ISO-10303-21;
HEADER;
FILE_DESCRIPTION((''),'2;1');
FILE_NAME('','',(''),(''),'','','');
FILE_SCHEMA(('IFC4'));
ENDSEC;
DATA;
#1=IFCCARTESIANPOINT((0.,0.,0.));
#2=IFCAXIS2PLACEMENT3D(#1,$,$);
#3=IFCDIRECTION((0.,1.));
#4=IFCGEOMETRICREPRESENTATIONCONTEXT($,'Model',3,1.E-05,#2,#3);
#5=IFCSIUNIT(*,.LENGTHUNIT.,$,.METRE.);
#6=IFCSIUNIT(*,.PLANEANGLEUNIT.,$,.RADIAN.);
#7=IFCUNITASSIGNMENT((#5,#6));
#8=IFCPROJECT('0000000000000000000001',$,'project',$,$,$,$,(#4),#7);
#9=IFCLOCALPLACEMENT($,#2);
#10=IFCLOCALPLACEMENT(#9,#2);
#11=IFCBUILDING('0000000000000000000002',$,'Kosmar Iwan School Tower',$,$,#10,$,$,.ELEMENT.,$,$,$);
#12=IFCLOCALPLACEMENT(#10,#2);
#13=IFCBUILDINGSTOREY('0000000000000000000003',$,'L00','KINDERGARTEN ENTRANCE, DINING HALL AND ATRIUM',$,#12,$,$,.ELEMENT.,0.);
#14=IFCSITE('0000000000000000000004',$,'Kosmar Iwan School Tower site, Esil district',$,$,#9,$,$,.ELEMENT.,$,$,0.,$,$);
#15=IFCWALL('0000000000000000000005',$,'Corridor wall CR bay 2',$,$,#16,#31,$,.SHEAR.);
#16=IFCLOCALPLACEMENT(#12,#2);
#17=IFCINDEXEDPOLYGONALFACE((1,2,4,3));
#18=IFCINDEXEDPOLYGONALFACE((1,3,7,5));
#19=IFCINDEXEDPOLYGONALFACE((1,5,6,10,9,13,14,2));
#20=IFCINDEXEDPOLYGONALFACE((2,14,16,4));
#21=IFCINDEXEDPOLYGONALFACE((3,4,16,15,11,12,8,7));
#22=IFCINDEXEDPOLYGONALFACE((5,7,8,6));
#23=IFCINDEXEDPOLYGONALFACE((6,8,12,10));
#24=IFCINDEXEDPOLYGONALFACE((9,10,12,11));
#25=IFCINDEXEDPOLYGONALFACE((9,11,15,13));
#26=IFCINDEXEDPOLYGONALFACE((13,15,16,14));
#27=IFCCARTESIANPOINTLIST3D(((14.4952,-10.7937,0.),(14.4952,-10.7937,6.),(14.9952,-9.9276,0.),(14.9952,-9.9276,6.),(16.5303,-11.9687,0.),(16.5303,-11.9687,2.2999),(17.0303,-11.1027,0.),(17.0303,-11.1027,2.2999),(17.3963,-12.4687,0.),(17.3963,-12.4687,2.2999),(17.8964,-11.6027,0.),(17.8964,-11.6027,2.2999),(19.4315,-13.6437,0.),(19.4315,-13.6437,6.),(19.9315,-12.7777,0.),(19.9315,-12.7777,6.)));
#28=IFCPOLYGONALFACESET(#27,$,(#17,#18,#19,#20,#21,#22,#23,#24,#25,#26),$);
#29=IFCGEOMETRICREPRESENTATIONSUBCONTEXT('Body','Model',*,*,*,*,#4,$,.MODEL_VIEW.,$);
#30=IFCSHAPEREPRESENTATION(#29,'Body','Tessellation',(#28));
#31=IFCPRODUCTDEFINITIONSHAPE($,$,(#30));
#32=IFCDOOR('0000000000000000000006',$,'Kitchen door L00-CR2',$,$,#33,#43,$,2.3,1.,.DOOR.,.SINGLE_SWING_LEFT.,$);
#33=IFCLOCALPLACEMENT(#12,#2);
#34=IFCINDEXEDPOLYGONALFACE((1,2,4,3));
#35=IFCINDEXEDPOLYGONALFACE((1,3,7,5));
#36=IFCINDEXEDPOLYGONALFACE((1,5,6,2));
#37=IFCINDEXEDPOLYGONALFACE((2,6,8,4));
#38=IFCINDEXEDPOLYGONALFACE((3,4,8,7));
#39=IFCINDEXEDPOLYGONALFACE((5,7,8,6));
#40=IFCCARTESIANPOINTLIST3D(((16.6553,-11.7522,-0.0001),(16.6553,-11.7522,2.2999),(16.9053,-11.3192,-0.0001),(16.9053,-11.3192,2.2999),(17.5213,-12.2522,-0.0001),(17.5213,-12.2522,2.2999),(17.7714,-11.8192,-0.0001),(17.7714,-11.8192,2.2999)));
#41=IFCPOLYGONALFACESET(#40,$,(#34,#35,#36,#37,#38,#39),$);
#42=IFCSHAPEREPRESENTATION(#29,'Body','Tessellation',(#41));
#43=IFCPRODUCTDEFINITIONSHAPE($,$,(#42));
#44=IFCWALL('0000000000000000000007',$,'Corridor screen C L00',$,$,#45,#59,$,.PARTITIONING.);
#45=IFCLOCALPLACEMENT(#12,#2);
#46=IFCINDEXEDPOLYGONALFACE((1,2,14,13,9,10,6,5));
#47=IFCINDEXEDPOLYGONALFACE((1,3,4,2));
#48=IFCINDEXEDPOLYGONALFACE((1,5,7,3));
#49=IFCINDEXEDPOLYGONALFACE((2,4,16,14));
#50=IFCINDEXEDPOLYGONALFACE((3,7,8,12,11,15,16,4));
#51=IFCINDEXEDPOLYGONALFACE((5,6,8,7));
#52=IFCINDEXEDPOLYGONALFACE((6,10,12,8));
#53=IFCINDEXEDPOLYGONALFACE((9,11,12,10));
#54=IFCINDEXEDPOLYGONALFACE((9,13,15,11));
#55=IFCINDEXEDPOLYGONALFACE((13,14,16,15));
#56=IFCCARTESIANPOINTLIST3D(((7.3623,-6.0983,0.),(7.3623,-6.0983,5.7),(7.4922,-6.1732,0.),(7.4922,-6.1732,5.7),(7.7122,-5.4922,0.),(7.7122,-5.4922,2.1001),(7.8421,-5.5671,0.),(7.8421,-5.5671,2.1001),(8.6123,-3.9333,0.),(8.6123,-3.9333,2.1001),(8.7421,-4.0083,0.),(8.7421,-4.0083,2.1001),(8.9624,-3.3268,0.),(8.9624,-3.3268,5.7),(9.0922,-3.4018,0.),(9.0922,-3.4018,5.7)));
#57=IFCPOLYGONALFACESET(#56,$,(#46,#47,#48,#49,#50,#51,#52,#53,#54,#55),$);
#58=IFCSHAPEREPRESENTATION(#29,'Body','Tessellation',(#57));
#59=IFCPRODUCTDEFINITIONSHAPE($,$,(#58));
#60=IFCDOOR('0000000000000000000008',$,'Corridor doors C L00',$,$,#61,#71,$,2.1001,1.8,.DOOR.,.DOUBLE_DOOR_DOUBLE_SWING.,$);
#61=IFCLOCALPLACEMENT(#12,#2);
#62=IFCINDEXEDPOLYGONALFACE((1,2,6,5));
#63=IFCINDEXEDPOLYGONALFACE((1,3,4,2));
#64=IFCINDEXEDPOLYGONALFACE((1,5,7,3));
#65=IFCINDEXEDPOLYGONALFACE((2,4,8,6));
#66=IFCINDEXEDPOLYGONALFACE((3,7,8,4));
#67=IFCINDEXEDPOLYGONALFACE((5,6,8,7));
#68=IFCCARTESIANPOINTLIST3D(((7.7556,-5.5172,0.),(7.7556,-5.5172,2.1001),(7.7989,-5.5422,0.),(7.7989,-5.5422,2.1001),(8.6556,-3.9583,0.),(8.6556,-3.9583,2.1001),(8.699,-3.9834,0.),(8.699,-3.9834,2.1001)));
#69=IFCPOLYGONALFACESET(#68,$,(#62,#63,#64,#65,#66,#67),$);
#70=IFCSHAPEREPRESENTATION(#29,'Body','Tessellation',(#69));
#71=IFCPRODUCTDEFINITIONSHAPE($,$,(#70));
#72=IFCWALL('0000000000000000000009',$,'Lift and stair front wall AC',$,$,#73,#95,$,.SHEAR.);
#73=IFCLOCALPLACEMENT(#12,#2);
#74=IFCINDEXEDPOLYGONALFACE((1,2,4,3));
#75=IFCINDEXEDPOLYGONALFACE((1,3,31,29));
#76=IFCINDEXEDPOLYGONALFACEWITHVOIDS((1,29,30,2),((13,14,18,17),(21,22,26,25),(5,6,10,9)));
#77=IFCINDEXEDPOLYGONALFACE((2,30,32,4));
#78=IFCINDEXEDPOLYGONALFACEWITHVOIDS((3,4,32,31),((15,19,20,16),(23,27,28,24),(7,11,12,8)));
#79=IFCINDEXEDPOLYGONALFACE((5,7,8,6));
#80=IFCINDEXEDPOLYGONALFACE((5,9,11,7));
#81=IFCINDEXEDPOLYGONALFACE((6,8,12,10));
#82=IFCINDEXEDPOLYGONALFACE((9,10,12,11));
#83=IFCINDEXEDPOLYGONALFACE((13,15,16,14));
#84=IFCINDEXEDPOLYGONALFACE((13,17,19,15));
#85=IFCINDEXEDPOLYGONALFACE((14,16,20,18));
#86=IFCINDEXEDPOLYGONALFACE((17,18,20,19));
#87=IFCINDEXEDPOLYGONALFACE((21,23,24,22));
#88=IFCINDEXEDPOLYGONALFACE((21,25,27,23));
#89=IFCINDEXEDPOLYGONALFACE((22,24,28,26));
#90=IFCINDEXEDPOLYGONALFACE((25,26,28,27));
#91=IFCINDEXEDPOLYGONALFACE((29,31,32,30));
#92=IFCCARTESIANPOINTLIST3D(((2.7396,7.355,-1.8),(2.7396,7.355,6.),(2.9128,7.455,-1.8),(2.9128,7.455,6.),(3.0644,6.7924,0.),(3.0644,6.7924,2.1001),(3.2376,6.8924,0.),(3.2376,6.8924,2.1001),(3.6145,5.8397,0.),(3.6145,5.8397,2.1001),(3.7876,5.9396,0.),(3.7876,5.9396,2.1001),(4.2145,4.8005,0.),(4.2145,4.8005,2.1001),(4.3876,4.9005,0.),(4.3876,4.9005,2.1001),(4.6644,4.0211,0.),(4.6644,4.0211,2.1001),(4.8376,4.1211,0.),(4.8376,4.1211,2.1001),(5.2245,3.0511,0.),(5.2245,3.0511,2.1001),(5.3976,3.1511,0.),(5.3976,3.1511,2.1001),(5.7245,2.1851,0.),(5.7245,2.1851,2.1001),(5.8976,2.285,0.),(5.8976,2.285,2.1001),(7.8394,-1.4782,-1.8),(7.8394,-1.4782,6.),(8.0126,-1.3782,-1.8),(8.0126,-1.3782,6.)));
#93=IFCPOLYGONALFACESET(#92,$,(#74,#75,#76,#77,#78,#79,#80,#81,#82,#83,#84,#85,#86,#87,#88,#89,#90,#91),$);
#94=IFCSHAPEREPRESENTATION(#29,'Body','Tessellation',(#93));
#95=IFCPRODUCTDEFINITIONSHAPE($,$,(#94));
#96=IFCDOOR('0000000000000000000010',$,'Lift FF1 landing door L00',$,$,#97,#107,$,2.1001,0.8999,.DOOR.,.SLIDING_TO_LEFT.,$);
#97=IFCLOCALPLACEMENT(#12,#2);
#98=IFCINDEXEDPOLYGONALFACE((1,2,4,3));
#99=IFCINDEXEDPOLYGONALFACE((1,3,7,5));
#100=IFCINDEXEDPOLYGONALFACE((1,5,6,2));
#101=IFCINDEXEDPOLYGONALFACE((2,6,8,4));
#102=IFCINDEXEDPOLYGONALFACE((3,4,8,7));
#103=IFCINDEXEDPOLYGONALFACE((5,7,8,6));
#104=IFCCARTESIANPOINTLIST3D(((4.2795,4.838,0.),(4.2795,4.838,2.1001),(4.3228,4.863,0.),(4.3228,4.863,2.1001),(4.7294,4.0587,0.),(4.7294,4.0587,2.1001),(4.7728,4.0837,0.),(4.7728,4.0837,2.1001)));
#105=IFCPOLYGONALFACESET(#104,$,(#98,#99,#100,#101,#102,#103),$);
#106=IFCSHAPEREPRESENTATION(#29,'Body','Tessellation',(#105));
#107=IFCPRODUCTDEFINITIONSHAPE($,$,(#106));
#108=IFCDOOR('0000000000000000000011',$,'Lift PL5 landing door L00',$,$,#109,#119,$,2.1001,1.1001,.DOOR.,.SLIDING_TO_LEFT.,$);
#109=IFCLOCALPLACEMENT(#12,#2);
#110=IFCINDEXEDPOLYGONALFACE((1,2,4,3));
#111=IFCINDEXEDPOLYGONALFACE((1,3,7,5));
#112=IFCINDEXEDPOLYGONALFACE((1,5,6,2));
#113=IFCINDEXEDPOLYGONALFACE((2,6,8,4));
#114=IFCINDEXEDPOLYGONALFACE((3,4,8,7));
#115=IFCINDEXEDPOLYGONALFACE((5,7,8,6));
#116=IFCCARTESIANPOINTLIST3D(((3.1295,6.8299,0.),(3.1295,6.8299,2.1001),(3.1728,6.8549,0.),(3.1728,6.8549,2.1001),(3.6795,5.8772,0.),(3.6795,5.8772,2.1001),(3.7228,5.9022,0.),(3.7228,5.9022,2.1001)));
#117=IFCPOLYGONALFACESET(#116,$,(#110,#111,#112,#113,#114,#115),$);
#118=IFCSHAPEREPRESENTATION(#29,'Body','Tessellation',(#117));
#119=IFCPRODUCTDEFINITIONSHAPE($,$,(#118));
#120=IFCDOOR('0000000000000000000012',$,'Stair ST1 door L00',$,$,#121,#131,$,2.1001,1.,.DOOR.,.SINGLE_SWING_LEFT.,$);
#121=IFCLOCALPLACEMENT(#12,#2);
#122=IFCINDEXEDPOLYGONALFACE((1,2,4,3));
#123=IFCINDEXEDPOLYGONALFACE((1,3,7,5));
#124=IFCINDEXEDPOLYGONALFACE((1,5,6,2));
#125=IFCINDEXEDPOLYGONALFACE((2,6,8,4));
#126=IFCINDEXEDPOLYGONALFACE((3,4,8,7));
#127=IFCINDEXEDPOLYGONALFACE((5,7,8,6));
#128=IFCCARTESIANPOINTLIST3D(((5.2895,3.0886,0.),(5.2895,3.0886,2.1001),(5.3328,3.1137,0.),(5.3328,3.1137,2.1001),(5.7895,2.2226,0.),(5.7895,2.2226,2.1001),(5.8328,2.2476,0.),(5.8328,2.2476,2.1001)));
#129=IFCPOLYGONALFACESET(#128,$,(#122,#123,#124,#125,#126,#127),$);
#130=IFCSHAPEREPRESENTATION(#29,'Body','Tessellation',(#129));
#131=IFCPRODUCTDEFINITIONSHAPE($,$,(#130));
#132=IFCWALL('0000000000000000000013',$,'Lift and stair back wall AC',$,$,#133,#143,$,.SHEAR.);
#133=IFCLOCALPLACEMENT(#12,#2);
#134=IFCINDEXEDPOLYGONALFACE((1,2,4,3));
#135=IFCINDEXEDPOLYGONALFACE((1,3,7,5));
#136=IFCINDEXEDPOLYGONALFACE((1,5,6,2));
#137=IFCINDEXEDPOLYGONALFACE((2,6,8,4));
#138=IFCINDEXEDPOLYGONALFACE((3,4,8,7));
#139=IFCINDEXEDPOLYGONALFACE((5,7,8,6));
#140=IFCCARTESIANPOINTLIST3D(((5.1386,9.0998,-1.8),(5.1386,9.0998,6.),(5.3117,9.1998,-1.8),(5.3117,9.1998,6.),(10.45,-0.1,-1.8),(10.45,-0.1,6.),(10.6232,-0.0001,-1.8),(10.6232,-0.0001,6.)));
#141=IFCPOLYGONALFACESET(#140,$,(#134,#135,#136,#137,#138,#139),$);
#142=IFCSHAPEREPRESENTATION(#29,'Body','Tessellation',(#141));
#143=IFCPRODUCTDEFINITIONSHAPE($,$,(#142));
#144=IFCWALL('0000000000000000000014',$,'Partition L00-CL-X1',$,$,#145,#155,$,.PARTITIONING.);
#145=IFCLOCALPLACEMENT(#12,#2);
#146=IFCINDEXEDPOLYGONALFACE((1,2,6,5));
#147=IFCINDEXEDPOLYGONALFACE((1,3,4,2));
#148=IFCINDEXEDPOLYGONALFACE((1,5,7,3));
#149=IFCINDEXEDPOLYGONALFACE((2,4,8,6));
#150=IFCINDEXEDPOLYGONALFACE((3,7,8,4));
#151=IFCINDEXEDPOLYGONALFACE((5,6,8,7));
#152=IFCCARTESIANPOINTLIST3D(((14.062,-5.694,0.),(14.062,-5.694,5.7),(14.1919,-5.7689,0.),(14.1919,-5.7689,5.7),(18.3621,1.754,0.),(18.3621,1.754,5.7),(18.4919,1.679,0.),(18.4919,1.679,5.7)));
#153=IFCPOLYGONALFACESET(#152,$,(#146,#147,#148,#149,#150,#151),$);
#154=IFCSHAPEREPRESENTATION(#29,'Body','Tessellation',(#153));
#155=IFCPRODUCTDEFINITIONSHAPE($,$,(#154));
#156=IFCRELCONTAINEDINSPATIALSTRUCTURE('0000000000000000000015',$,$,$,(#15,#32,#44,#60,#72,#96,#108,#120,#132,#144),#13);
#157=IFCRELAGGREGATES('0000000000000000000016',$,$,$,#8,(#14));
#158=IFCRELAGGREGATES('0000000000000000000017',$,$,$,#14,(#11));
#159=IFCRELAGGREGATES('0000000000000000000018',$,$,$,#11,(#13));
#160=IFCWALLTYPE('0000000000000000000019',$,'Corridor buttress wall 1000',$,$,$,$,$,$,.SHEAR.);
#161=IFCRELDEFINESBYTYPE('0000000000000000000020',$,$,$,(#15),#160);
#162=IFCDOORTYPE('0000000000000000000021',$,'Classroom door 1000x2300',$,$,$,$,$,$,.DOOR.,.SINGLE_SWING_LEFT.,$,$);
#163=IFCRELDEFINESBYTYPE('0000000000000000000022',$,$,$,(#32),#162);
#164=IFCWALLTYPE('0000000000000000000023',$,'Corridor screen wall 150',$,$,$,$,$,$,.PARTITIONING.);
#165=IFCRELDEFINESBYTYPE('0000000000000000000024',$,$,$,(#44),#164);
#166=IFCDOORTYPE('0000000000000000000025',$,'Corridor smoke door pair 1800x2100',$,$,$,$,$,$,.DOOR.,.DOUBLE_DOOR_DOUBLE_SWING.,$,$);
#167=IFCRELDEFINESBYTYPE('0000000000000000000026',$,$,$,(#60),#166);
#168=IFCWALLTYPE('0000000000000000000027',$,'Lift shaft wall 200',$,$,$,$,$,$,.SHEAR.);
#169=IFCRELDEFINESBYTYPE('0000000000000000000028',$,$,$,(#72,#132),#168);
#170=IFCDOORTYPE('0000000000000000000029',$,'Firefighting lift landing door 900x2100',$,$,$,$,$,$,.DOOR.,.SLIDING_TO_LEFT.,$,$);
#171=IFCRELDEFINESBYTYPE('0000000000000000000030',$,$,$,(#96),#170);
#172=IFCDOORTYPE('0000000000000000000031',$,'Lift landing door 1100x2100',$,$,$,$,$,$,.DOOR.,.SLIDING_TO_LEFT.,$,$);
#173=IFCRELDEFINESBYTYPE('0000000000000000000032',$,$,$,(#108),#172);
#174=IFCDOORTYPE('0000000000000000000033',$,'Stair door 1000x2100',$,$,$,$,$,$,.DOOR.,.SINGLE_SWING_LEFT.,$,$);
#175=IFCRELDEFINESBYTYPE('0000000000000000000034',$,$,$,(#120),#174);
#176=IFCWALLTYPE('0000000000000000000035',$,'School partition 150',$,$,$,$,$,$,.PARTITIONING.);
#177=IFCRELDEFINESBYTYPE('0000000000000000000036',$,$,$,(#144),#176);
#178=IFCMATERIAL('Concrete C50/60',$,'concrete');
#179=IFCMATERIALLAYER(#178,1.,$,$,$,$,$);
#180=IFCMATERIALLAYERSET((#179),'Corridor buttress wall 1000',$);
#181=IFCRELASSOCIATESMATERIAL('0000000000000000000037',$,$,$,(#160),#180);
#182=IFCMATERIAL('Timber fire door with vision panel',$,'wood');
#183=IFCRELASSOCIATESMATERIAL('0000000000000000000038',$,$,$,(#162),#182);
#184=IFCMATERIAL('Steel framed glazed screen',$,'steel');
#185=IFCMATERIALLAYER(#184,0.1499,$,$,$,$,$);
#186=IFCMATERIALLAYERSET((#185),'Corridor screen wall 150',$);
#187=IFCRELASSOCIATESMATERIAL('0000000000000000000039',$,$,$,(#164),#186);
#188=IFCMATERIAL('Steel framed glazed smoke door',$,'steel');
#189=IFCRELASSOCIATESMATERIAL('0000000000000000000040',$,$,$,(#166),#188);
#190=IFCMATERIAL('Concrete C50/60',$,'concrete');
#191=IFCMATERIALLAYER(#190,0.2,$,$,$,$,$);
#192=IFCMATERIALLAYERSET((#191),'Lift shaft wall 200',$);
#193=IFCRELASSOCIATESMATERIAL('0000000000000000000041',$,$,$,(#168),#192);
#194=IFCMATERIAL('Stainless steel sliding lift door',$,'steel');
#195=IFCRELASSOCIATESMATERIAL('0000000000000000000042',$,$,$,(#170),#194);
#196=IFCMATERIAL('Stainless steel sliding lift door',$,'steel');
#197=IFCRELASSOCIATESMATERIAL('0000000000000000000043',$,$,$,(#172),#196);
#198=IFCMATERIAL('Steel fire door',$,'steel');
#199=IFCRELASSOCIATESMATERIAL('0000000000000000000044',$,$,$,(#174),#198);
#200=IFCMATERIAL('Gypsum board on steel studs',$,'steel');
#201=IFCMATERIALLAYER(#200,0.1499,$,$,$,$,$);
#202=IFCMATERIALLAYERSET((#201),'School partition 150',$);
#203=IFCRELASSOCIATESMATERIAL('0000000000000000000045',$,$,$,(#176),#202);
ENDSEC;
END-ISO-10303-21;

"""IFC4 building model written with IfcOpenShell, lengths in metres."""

from ifc_helpers import new_model, si_unit, direction, frame, frame_2d, origin, place, context, subcontext, project, spatial, rectangle, extrude, material, layer, layer_set, type_object, element, fill, save


model = new_model("IFC4")

# Units and contexts
model_context = context("Model", 3, precision=1e-05, world=origin(), true_north=direction((0.0, 1.0)))
body_context = subcontext(model_context, "Body", "Model", "MODEL_VIEW")
ifc_project = project(units=[si_unit("LENGTHUNIT", "METRE"), si_unit("PLANEANGLEUNIT", "RADIAN")], contexts=[model_context])

# Site, building, storey
site_placement = place(None, origin())
site = spatial("IfcSite", under=ifc_project, at=site_placement, Name="Kosmar Iwan School Tower site, Esil district", CompositionType="ELEMENT", RefElevation=0.0)
building_placement = place(site_placement, origin())
building = spatial("IfcBuilding", under=site, at=building_placement, Name="Kosmar Iwan School Tower", CompositionType="ELEMENT")
storey_placement = place(building_placement, origin())
storey = spatial("IfcBuildingStorey", under=building, at=storey_placement, Name="L00", Description="KINDERGARTEN ENTRANCE, DINING HALL AND ATRIUM", CompositionType="ELEMENT", Elevation=0.0)

# Shared definitions
ifc_material_1 = material(Name="Concrete C50/60", Category="concrete")
ifc_layer_1 = layer(ifc_material_1, 1.0)
ifc_layer_set_1 = layer_set([ifc_layer_1], Name="Corridor buttress wall 1000")
wall_type_1 = type_object("IfcWallType", Name="Corridor buttress wall 1000", PredefinedType="SHEAR", material=ifc_layer_set_1)
ifc_material_2 = material(Name="Timber fire door with vision panel", Category="wood")
door_type_1 = type_object("IfcDoorType", Name="Classroom door 1000x2300", OperationType="SINGLE_SWING_LEFT", PredefinedType="DOOR", material=ifc_material_2)

# Walls, openings, doors
wall_1_placement = place(storey_placement, frame((14.7451, -10.3606, 0.0), z_axis=(0.0, 0.0, 1.0), x_axis=(0.866015, -0.500018, 0.0)))
wall_1 = element("IfcWall", 1, at=wall_1_placement, inside=storey, type_object=wall_type_1, Name="Corridor wall CR bay 2", PredefinedType="SHEAR", context=body_context, shape_type="SweptSolid", body=[
    extrude(rectangle(XDim=5.7, YDim=1.0, at=frame_2d((2.8501, 0.0))), origin(), (0.0, 0.0, 1.0), 6.0),
])
opening_1_placement = place(wall_1_placement, frame((2.3501, 0.0, 0.0)))
opening_1 = element("IfcOpeningElement", 2, at=opening_1_placement, cuts=wall_1, PredefinedType="OPENING", context=body_context, shape_type="SweptSolid", body=[
    extrude(rectangle(XDim=1.0, YDim=2.3, at=frame_2d((0.5, 1.1499))), frame((0.0, 0.512, 0.0), z_axis=(0.0, -1.0, 0.0), x_axis=(1.0, 0.0, 0.0)), (0.0, 0.0, 1.0), 1.0239),
])
door_1_placement = place(opening_1_placement, origin())
door_1 = element("IfcDoor", 3, at=door_1_placement, inside=storey, type_object=door_type_1, Name="Kitchen door L00-CR2", OperationType="SINGLE_SWING_LEFT", OverallHeight=2.3, OverallWidth=1.0, PredefinedType="DOOR", context=body_context, shape_type="SweptSolid", body=[
    extrude(rectangle(XDim=1.0, YDim=2.3, at=frame_2d((0.5, 1.1499))), frame((0.0, 0.25, 0.0), z_axis=(0.0, -1.0, 0.0), x_axis=(1.0, 0.0, 0.0)), (0.0, 0.0, 1.0), 0.5),
])
fill(opening_1, door_1)
ifc_material_3 = material(Name="Steel framed glazed screen", Category="steel")
ifc_layer_2 = layer(ifc_material_3, 0.1499)
ifc_layer_set_2 = layer_set([ifc_layer_2], Name="Corridor screen wall 150")
wall_type_2 = type_object("IfcWallType", Name="Corridor screen wall 150", PredefinedType="PARTITIONING", material=ifc_layer_set_2)
wall_2_placement = place(storey_placement, frame((7.4272, -6.1357, 0.0), z_axis=(0.0, 0.0, 1.0), x_axis=(0.499995, 0.866028, 0.0)))
wall_2 = element("IfcWall", 4, at=wall_2_placement, inside=storey, type_object=wall_type_2, Name="Corridor screen C L00", PredefinedType="PARTITIONING", context=body_context, shape_type="SweptSolid", body=[
    extrude(rectangle(XDim=3.2002, YDim=0.1499, at=frame_2d((1.6001, 0.0))), origin(), (0.0, 0.0, 1.0), 5.7),
])
opening_2_placement = place(wall_2_placement, frame((0.7, 0.0, 0.0)))
opening_2 = element("IfcOpeningElement", 5, at=opening_2_placement, cuts=wall_2, PredefinedType="OPENING", context=body_context, shape_type="SweptSolid", body=[
    extrude(rectangle(XDim=1.8, YDim=2.1001, at=frame_2d((0.8999, 1.05))), frame((0.0, 0.0869, 0.0), z_axis=(0.0, -1.0, 0.0), x_axis=(1.0, 0.0, 0.0)), (0.0, 0.0, 1.0), 0.1738),
])
ifc_material_4 = material(Name="Steel framed glazed smoke door", Category="steel")
door_type_2 = type_object("IfcDoorType", Name="Corridor smoke door pair 1800x2100", OperationType="DOUBLE_DOOR_DOUBLE_SWING", PredefinedType="DOOR", material=ifc_material_4)
door_2_placement = place(opening_2_placement, origin())
door_2 = element("IfcDoor", 6, at=door_2_placement, inside=storey, type_object=door_type_2, Name="Corridor doors C L00", OperationType="DOUBLE_DOOR_DOUBLE_SWING", OverallHeight=2.1001, OverallWidth=1.8, PredefinedType="DOOR", context=body_context, shape_type="SweptSolid", body=[
    extrude(rectangle(XDim=1.8, YDim=2.1001, at=frame_2d((0.8999, 1.05))), frame((0.0, 0.0249, 0.0), z_axis=(0.0, -1.0, 0.0), x_axis=(1.0, 0.0, 0.0)), (0.0, 0.0, 1.0), 0.05),
])
fill(opening_2, door_2)

# Wall, openings, doors
ifc_material_5 = material(Name="Concrete C50/60", Category="concrete")
ifc_layer_3 = layer(ifc_material_5, 0.2)
ifc_layer_set_3 = layer_set([ifc_layer_3], Name="Lift shaft wall 200")
wall_type_3 = type_object("IfcWallType", Name="Lift shaft wall 200", PredefinedType="SHEAR", material=ifc_layer_set_3)
wall_3_placement = place(storey_placement, frame((7.926, -1.4282, -1.8), z_axis=(0.0, 0.0, 1.0), x_axis=(-0.499998, 0.866027, 0.0)))
wall_3 = element("IfcWall", 7, at=wall_3_placement, inside=storey, type_object=wall_type_3, Name="Lift and stair front wall AC", PredefinedType="SHEAR", context=body_context, shape_type="SweptSolid", body=[
    extrude(rectangle(XDim=10.1997, YDim=0.2, at=frame_2d((5.0999, 0.0))), origin(), (0.0, 0.0, 1.0), 7.8),
])
opening_3_placement = place(wall_3_placement, frame((6.3501, 0.0, 1.8)))
opening_3 = element("IfcOpeningElement", 8, at=opening_3_placement, cuts=wall_3, PredefinedType="OPENING", context=body_context, shape_type="SweptSolid", body=[
    extrude(rectangle(XDim=0.8999, YDim=2.1001, at=frame_2d((0.45, 1.05))), frame((0.0, 0.1121, 0.0), z_axis=(0.0, -1.0, 0.0), x_axis=(1.0, 0.0, 0.0)), (0.0, 0.0, 1.0), 0.2239),
])
opening_4_placement = place(wall_3_placement, frame((8.45, 0.0, 1.8)))
opening_4 = element("IfcOpeningElement", 9, at=opening_4_placement, cuts=wall_3, PredefinedType="OPENING", context=body_context, shape_type="SweptSolid", body=[
    extrude(rectangle(XDim=1.1001, YDim=2.1001, at=frame_2d((0.55, 1.05))), frame((0.0, 0.1121, 0.0), z_axis=(0.0, -1.0, 0.0), x_axis=(1.0, 0.0, 0.0)), (0.0, 0.0, 1.0), 0.2239),
])
opening_5_placement = place(wall_3_placement, frame((4.23, 0.0, 1.8)))
opening_5 = element("IfcOpeningElement", 10, at=opening_5_placement, cuts=wall_3, PredefinedType="OPENING", context=body_context, shape_type="SweptSolid", body=[
    extrude(rectangle(XDim=1.0, YDim=2.1001, at=frame_2d((0.5, 1.05))), frame((0.0, 0.1121, 0.0), z_axis=(0.0, -1.0, 0.0), x_axis=(1.0, 0.0, 0.0)), (0.0, 0.0, 1.0), 0.2239),
])
ifc_material_6 = material(Name="Stainless steel sliding lift door", Category="steel")
door_type_3 = type_object("IfcDoorType", Name="Firefighting lift landing door 900x2100", OperationType="SLIDING_TO_LEFT", PredefinedType="DOOR", material=ifc_material_6)
door_3_placement = place(opening_3_placement, origin())
door_3 = element("IfcDoor", 11, at=door_3_placement, inside=storey, type_object=door_type_3, Name="Lift FF1 landing door L00", OperationType="SLIDING_TO_LEFT", OverallHeight=2.1001, OverallWidth=0.8999, PredefinedType="DOOR", context=body_context, shape_type="SweptSolid", body=[
    extrude(rectangle(XDim=0.8999, YDim=2.1001, at=frame_2d((0.45, 1.05))), frame((0.0, 0.0249, 0.0), z_axis=(0.0, -1.0, 0.0), x_axis=(1.0, 0.0, 0.0)), (0.0, 0.0, 1.0), 0.05),
])
fill(opening_3, door_3)
ifc_material_7 = material(Name="Stainless steel sliding lift door", Category="steel")
door_type_4 = type_object("IfcDoorType", Name="Lift landing door 1100x2100", OperationType="SLIDING_TO_LEFT", PredefinedType="DOOR", material=ifc_material_7)
door_4_placement = place(opening_4_placement, origin())
door_4 = element("IfcDoor", 12, at=door_4_placement, inside=storey, type_object=door_type_4, Name="Lift PL5 landing door L00", OperationType="SLIDING_TO_LEFT", OverallHeight=2.1001, OverallWidth=1.1001, PredefinedType="DOOR", context=body_context, shape_type="SweptSolid", body=[
    extrude(rectangle(XDim=1.1001, YDim=2.1001, at=frame_2d((0.55, 1.05))), frame((0.0, 0.0249, 0.0), z_axis=(0.0, -1.0, 0.0), x_axis=(1.0, 0.0, 0.0)), (0.0, 0.0, 1.0), 0.05),
])
fill(opening_4, door_4)
ifc_material_8 = material(Name="Steel fire door", Category="steel")
door_type_5 = type_object("IfcDoorType", Name="Stair door 1000x2100", OperationType="SINGLE_SWING_LEFT", PredefinedType="DOOR", material=ifc_material_8)
door_5_placement = place(opening_5_placement, origin())
door_5 = element("IfcDoor", 13, at=door_5_placement, inside=storey, type_object=door_type_5, Name="Stair ST1 door L00", OperationType="SINGLE_SWING_LEFT", OverallHeight=2.1001, OverallWidth=1.0, PredefinedType="DOOR", context=body_context, shape_type="SweptSolid", body=[
    extrude(rectangle(XDim=1.0, YDim=2.1001, at=frame_2d((0.5, 1.05))), frame((0.0, 0.0249, 0.0), z_axis=(0.0, -1.0, 0.0), x_axis=(1.0, 0.0, 0.0)), (0.0, 0.0, 1.0), 0.05),
])
fill(opening_5, door_5)

# Walls
wall_4_placement = place(storey_placement, frame((10.5366, -0.05, -1.8), z_axis=(0.0, 0.0, 1.0), x_axis=(-0.499995, 0.866028, 0.0)))
element("IfcWall", 14, at=wall_4_placement, inside=storey, type_object=wall_type_3, Name="Lift and stair back wall AC", PredefinedType="SHEAR", context=body_context, shape_type="SweptSolid", body=[
    extrude(rectangle(XDim=10.623, YDim=0.2, at=frame_2d((5.3115, 0.0))), origin(), (0.0, 0.0, 1.0), 7.8),
])
ifc_material_9 = material(Name="Gypsum board on steel studs", Category="steel")
ifc_layer_4 = layer(ifc_material_9, 0.1499)
ifc_layer_set_4 = layer_set([ifc_layer_4], Name="School partition 150")
wall_type_4 = type_object("IfcWallType", Name="School partition 150", PredefinedType="PARTITIONING", material=ifc_layer_set_4)
wall_5_placement = place(storey_placement, frame((14.127, -5.7314, 0.0), z_axis=(0.0, 0.0, 1.0), x_axis=(0.499995, 0.866028, 0.0)))
element("IfcWall", 15, at=wall_5_placement, inside=storey, type_object=wall_type_4, Name="Partition L00-CL-X1", PredefinedType="PARTITIONING", context=body_context, shape_type="SweptSolid", body=[
    extrude(rectangle(XDim=8.6001, YDim=0.1499, at=frame_2d((4.3, 0.0))), origin(), (0.0, 0.0, 1.0), 5.7),
])

save(model, "model.ifc")
